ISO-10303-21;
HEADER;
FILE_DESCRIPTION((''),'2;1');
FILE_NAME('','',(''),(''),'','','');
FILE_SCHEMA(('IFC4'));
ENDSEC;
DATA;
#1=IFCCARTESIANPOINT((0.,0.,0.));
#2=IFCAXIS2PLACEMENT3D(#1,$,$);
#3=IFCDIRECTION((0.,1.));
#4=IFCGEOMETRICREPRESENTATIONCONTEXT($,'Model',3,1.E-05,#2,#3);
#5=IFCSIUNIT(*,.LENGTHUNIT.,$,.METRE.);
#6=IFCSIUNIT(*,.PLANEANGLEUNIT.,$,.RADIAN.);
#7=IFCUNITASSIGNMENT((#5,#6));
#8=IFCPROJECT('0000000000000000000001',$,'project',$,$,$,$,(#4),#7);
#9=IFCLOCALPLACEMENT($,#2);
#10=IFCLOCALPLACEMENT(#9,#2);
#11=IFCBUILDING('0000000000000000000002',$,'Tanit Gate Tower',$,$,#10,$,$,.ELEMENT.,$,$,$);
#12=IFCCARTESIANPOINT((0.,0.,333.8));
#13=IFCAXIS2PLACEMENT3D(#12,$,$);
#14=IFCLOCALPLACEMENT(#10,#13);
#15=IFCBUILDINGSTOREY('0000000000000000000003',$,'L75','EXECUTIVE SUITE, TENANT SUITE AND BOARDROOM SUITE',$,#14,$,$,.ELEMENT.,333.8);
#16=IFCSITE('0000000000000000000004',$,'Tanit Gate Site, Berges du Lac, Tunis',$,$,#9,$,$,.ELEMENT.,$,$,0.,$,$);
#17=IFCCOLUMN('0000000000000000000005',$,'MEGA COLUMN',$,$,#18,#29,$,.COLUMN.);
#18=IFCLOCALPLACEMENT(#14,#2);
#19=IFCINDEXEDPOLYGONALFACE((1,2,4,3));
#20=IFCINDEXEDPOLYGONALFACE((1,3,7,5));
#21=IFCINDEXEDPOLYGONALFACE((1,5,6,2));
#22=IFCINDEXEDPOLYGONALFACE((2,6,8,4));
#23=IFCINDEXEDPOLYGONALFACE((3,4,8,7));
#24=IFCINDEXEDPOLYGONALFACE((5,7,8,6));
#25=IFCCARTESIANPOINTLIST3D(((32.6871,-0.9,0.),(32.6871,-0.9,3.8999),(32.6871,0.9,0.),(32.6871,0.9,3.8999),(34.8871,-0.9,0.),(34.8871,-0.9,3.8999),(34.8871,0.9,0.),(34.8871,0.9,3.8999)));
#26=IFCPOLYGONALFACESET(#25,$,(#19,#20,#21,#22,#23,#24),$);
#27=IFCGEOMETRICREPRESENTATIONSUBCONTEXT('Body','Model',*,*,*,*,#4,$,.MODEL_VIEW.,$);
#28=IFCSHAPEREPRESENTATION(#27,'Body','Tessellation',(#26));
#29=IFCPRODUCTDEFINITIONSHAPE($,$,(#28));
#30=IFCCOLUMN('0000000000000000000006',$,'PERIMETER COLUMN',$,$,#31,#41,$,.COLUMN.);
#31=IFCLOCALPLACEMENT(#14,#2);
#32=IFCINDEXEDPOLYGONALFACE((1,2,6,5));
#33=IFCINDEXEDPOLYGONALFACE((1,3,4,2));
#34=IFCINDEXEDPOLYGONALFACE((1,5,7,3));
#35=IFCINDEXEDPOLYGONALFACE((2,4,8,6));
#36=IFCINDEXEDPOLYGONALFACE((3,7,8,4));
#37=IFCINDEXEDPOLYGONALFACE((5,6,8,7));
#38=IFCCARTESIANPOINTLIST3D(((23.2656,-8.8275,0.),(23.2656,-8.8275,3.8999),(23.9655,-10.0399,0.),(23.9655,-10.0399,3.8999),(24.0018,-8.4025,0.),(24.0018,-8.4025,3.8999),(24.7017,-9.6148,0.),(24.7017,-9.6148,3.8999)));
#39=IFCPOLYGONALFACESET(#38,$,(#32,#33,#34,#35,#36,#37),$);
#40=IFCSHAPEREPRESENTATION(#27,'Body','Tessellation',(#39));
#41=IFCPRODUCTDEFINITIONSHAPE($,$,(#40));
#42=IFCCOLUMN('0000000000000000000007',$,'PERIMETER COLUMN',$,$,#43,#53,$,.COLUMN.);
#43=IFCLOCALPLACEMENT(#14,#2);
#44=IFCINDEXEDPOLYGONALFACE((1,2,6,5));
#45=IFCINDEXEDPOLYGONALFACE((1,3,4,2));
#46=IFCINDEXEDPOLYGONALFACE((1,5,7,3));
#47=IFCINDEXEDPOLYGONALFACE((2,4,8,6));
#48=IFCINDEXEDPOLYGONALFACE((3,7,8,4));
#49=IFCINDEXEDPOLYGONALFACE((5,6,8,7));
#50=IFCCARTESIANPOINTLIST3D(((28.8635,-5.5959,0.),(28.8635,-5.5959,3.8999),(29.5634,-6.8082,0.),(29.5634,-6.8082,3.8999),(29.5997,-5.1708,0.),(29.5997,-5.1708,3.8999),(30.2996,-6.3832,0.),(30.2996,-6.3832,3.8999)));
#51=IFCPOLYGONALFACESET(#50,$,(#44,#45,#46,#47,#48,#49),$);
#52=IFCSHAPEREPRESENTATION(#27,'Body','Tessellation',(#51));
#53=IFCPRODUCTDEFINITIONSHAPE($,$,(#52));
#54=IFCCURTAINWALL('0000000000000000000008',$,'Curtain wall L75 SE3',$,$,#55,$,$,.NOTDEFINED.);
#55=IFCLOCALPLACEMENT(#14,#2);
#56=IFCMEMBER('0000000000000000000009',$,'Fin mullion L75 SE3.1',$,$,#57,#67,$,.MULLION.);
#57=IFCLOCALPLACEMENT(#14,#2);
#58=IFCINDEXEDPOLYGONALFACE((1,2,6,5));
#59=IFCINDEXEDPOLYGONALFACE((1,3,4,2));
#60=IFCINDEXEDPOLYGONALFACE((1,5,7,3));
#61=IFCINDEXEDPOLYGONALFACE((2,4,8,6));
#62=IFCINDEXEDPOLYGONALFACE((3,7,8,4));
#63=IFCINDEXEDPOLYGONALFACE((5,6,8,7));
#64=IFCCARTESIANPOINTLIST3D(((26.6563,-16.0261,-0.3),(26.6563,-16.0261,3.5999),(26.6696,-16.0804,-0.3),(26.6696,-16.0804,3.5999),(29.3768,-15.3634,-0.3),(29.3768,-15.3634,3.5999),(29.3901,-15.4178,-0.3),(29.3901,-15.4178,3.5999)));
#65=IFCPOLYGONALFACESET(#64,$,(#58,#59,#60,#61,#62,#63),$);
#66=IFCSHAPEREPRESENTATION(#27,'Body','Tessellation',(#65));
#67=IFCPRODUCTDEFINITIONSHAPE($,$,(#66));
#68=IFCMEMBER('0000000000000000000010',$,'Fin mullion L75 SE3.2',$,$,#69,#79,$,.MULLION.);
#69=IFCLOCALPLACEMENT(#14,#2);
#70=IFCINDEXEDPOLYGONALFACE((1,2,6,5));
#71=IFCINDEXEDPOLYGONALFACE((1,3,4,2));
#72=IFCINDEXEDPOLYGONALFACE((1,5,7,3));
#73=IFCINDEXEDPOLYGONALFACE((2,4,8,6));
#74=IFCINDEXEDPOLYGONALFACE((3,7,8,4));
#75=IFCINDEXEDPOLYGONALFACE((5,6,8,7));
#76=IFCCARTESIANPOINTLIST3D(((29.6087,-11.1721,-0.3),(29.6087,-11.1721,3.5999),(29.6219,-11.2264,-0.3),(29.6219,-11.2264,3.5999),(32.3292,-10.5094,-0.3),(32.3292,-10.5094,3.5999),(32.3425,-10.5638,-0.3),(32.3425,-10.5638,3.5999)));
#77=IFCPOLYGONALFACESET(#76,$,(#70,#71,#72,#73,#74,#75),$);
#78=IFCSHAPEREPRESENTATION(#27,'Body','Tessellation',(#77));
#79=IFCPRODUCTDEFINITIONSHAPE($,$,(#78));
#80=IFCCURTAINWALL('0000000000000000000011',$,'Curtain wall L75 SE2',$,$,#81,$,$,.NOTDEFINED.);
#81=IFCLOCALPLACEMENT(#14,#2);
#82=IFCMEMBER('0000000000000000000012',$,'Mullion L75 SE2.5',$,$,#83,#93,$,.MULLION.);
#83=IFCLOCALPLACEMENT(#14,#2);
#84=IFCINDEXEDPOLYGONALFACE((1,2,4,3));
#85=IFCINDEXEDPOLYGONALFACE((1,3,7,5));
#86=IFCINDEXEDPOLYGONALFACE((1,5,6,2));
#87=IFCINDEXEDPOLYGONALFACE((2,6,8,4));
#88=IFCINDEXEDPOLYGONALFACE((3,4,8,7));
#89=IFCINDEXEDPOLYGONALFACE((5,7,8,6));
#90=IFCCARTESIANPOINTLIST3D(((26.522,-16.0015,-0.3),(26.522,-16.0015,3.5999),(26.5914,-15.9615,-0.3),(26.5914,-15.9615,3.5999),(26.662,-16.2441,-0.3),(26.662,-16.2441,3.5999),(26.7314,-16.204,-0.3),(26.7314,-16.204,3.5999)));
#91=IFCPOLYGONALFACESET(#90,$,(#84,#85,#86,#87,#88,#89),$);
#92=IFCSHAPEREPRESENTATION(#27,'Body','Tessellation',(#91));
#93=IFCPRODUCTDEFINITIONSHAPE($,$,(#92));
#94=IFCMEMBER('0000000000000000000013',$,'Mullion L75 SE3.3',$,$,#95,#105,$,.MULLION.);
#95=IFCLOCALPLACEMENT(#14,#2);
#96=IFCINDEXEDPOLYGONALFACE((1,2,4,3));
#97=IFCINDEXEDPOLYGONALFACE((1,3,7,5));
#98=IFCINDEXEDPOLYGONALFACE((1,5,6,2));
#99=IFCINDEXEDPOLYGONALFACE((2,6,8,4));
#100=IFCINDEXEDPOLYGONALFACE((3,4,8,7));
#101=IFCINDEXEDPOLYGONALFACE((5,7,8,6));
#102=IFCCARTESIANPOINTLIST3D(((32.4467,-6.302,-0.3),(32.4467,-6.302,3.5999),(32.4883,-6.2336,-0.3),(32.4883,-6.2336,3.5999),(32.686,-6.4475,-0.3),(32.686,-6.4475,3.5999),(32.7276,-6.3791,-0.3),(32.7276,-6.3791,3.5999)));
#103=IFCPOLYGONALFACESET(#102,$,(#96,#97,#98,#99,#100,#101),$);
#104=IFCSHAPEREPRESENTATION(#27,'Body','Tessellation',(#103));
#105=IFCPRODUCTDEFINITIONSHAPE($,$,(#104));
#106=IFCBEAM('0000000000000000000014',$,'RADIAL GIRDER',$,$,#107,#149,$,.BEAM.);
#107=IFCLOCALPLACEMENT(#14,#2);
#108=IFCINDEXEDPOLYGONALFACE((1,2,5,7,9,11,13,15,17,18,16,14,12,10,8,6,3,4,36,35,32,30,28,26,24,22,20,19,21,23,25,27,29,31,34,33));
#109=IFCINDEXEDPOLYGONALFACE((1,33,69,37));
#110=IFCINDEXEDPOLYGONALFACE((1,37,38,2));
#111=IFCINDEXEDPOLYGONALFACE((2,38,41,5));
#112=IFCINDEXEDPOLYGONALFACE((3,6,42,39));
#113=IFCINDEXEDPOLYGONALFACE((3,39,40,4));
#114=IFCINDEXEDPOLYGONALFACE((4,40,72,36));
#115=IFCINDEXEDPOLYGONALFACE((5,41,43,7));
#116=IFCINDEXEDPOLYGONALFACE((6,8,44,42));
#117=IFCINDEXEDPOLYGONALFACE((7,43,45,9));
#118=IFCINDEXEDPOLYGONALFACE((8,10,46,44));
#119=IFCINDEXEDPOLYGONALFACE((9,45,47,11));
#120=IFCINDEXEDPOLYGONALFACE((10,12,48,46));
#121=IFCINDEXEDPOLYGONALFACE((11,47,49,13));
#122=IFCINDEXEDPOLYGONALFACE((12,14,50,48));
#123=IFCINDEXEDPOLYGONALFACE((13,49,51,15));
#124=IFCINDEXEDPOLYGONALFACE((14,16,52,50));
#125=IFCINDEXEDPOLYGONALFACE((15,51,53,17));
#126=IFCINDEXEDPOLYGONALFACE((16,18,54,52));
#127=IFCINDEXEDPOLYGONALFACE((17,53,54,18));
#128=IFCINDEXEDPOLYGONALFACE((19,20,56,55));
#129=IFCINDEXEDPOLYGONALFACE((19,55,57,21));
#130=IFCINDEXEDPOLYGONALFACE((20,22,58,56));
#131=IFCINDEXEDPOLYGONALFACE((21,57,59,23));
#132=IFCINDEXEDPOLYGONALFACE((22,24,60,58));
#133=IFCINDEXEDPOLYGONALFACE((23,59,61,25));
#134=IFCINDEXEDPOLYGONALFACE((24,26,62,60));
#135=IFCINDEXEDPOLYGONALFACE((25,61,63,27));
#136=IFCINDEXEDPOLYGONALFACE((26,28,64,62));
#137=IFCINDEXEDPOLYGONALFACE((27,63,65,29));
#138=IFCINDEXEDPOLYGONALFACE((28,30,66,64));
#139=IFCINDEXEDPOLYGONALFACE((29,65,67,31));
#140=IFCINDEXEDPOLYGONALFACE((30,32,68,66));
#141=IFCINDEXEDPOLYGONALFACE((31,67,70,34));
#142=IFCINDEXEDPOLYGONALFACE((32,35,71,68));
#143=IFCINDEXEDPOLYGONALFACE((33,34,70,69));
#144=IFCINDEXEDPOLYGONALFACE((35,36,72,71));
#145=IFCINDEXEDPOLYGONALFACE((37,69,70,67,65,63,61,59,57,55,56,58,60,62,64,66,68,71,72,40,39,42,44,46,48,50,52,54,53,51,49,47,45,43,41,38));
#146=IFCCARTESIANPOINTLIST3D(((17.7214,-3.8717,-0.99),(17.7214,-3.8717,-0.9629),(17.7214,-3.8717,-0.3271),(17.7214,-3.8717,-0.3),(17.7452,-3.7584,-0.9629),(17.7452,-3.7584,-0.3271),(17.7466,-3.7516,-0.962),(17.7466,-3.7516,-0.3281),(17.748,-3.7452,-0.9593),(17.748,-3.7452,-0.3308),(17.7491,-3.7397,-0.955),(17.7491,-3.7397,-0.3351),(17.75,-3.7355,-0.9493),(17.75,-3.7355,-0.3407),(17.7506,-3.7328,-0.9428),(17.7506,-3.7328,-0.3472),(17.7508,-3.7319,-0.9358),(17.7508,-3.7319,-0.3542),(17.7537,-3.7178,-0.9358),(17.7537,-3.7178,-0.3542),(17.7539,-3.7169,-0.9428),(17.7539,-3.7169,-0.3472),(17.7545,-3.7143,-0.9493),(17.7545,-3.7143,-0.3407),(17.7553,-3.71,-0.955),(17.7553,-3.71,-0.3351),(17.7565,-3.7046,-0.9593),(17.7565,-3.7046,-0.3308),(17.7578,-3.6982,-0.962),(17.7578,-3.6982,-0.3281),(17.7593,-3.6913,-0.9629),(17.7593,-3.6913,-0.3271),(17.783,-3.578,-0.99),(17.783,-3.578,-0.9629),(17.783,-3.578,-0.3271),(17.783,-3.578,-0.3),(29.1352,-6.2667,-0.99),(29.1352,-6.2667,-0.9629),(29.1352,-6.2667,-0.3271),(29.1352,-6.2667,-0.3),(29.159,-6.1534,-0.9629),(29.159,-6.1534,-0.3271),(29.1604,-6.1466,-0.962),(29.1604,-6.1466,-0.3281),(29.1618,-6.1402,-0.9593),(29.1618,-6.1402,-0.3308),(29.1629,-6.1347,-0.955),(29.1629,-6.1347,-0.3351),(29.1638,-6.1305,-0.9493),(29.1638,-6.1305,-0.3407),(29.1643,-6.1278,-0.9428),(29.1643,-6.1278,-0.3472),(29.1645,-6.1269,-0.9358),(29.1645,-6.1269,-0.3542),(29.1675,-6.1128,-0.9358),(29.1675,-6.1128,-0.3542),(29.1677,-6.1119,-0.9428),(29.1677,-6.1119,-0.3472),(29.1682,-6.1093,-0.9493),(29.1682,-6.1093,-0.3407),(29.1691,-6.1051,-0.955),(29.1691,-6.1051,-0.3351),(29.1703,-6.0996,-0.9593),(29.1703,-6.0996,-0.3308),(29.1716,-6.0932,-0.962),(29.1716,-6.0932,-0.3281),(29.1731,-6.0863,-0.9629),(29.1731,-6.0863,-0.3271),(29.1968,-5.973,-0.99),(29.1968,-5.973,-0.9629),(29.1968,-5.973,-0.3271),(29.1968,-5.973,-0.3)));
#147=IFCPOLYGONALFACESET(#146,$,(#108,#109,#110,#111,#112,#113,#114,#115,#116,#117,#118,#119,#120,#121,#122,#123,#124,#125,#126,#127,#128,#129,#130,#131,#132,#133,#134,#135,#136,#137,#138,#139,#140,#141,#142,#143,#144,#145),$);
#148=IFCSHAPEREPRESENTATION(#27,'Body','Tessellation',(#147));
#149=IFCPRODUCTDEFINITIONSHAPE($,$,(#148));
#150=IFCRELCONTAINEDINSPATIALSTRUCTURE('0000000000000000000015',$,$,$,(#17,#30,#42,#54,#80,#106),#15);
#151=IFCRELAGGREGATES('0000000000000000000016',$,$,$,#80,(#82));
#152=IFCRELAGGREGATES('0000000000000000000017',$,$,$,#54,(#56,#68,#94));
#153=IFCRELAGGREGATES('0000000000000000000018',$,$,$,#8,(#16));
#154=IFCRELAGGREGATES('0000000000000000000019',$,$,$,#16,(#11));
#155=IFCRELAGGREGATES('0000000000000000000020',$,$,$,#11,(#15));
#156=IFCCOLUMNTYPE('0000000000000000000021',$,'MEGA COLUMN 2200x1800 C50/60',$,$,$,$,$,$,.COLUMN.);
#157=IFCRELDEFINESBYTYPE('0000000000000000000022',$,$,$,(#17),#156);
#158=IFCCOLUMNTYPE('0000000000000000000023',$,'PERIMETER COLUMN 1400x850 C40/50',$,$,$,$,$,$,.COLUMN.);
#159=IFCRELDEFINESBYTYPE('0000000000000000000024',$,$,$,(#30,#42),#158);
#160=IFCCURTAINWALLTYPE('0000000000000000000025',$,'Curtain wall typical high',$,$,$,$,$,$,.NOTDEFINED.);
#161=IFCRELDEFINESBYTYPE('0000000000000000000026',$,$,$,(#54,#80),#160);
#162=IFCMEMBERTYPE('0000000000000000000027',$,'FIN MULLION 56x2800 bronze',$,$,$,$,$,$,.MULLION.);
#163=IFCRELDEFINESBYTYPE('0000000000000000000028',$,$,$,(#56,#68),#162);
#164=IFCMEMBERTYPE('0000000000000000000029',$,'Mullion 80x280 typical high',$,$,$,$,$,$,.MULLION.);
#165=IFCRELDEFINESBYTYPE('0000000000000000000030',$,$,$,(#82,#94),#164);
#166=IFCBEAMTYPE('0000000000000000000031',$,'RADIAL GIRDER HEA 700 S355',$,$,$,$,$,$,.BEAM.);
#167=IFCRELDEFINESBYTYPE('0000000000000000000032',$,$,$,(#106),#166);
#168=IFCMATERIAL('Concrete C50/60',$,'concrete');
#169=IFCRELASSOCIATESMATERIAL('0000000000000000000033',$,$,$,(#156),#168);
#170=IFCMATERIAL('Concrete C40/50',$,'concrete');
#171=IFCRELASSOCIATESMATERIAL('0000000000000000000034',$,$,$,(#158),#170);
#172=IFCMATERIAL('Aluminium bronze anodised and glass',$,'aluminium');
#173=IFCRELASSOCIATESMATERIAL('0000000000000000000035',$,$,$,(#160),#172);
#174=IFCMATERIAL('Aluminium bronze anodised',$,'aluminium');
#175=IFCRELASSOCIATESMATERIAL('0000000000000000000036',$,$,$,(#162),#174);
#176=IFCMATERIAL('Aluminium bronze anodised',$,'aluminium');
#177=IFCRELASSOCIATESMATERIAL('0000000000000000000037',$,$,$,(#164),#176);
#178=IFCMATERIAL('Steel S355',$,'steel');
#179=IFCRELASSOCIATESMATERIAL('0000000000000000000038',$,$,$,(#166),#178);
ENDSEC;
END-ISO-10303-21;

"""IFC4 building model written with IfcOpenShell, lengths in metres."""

from ifc_helpers import new_model, si_unit, direction, frame, origin, origin_2d, place, context, subcontext, project, spatial, rectangle, i_section, extrude, material, material_profile, profile_set, type_object, element, aggregate, save


model = new_model("IFC4")

# Units and contexts
model_context = context("Model", 3, precision=1e-05, world=origin(), true_north=direction((0.0, 1.0)))
body_context = subcontext(model_context, "Body", "Model", "MODEL_VIEW")
ifc_project = project(units=[si_unit("LENGTHUNIT", "METRE"), si_unit("PLANEANGLEUNIT", "RADIAN")], contexts=[model_context])

# Site, building, storey
site_placement = place(None, origin())
site = spatial("IfcSite", under=ifc_project, at=site_placement, Name="Tanit Gate Site, Berges du Lac, Tunis", CompositionType="ELEMENT", RefElevation=0.0)
building_placement = place(site_placement, origin())
building = spatial("IfcBuilding", under=site, at=building_placement, Name="Tanit Gate Tower", CompositionType="ELEMENT")
storey_placement = place(building_placement, frame((0.0, 0.0, 333.8)))
storey = spatial("IfcBuildingStorey", under=building, at=storey_placement, Name="L75", Description="EXECUTIVE SUITE, TENANT SUITE AND BOARDROOM SUITE", CompositionType="ELEMENT", Elevation=333.8)

# Columns
ifc_material_1 = material(Name="Concrete C50/60", Category="concrete")
ifc_material_profile_1 = material_profile(ifc_material_1, rectangle(XDim=2.2, YDim=1.8, at=origin_2d()), Name="RC 2200x1800")
ifc_profile_set_1 = profile_set([ifc_material_profile_1], Name="Concrete C50/60")
column_type_1 = type_object("IfcColumnType", Name="MEGA COLUMN 2200x1800 C50/60", PredefinedType="COLUMN", material=ifc_profile_set_1)
column_placement = place(storey_placement, frame((33.7871, 0.0, 0.0), z_axis=(0.0, 0.0, 1.0), x_axis=(1.0, 0.0, 0.0)))
element("IfcColumn", 1, at=column_placement, inside=storey, type_object=column_type_1, Name="MEGA COLUMN", PredefinedType="COLUMN", context=body_context, shape_type="SweptSolid", body=[
    extrude(rectangle(XDim=2.2, YDim=1.8, at=origin_2d()), origin(), (0.0, 0.0, 1.0), 3.8999),
])
ifc_material_2 = material(Name="Concrete C40/50", Category="concrete")
ifc_material_profile_2 = material_profile(ifc_material_2, rectangle(XDim=1.3999, YDim=0.8501, at=origin_2d()), Name="RC 1400x850")
ifc_profile_set_2 = profile_set([ifc_material_profile_2], Name="Concrete C40/50")
column_type_2 = type_object("IfcColumnType", Name="PERIMETER COLUMN 1400x850 C40/50", PredefinedType="COLUMN", material=ifc_profile_set_2)
for number, where, z_axis, x_axis, name in (
    (2, (23.9836, -9.2212, 0.0), (0.0, 0.0, 1.0), (0.5, -0.866025, 0.0), "PERIMETER COLUMN"),
    (3, (29.5815, -5.9895, 0.0), (0.0, 0.0, 1.0), (0.5, -0.866025, 0.0), "PERIMETER COLUMN"),
):
    element("IfcColumn", number, at=place(storey_placement, frame(where, z_axis=z_axis, x_axis=x_axis)), inside=storey, type_object=column_type_2, Name=name, PredefinedType="COLUMN", context=body_context, shape_type="SweptSolid", body=[
        extrude(rectangle(XDim=1.3999, YDim=0.8501, at=origin_2d()), origin(), (0.0, 0.0, 1.0), 3.8999),
    ])

# Curtain wall, members
ifc_material_3 = material(Name="Aluminium bronze anodised and glass", Category="aluminium")
curtain_wall_type = type_object("IfcCurtainWallType", Name="Curtain wall typical high", PredefinedType="NOTDEFINED", material=ifc_material_3)
curtain_wall_1_placement = place(storey_placement, origin())
curtain_wall_1 = element("IfcCurtainWall", 4, at=curtain_wall_1_placement, inside=storey, type_object=curtain_wall_type, Name="Curtain wall L75 SE3", PredefinedType="NOTDEFINED")
ifc_material_4 = material(Name="Aluminium bronze anodised", Category="aluminium")
ifc_material_profile_3 = material_profile(ifc_material_4, rectangle(XDim=2.8, YDim=0.0559, at=origin_2d()), Name="56x2800 bronze fin mullion")
ifc_profile_set_3 = profile_set([ifc_material_profile_3], Name="Aluminium bronze anodised")
member_type_1 = type_object("IfcMemberType", Name="FIN MULLION 56x2800 bronze", PredefinedType="MULLION", material=ifc_profile_set_3)
member_1_placement = place(storey_placement, frame((28.0232, -15.7219, -0.3), z_axis=(0.0, 0.0, 1.0), x_axis=(-0.971595, -0.236651, 0.0)))
member_1 = element("IfcMember", 5, at=member_1_placement, type_object=member_type_1, Name="Fin mullion L75 SE3.1", PredefinedType="MULLION", context=body_context, shape_type="SweptSolid", body=[
    extrude(rectangle(XDim=2.8, YDim=0.0559, at=origin_2d()), origin(), (0.0, 0.0, 1.0), 3.8999),
])
member_2_placement = place(storey_placement, frame((30.9756, -10.8679, -0.3), z_axis=(0.0, 0.0, 1.0), x_axis=(-0.971595, -0.236651, 0.0)))
member_2 = element("IfcMember", 6, at=member_2_placement, type_object=member_type_1, Name="Fin mullion L75 SE3.2", PredefinedType="MULLION", context=body_context, shape_type="SweptSolid", body=[
    extrude(rectangle(XDim=2.8, YDim=0.0559, at=origin_2d()), origin(), (0.0, 0.0, 1.0), 3.8999),
])

# Curtain wall, member
curtain_wall_2_placement = place(storey_placement, origin())
curtain_wall_2 = element("IfcCurtainWall", 7, at=curtain_wall_2_placement, inside=storey, type_object=curtain_wall_type, Name="Curtain wall L75 SE2", PredefinedType="NOTDEFINED")
ifc_material_5 = material(Name="Aluminium bronze anodised", Category="aluminium")
ifc_material_profile_4 = material_profile(ifc_material_5, rectangle(XDim=0.28, YDim=0.0801, at=origin_2d()), Name="80x280 bronze mullion")
ifc_profile_set_4 = profile_set([ifc_material_profile_4], Name="Aluminium bronze anodised")
member_type_2 = type_object("IfcMemberType", Name="Mullion 80x280 typical high", PredefinedType="MULLION", material=ifc_profile_set_4)
member_3_placement = place(storey_placement, frame((26.6267, -16.1028, -0.3), z_axis=(0.0, 0.0, 1.0), x_axis=(-0.49994, 0.86606, 0.0)))
member_3 = element("IfcMember", 8, at=member_3_placement, type_object=member_type_2, Name="Mullion L75 SE2.5", PredefinedType="MULLION", context=body_context, shape_type="SweptSolid", body=[
    extrude(rectangle(XDim=0.28, YDim=0.0801, at=origin_2d()), origin(), (0.0, 0.0, 1.0), 3.8999),
])

# Member
member_4_placement = place(storey_placement, frame((32.5872, -6.3406, -0.3), z_axis=(0.0, 0.0, 1.0), x_axis=(-0.854359, 0.519684, 0.0)))
member_4 = element("IfcMember", 9, at=member_4_placement, type_object=member_type_2, Name="Mullion L75 SE3.3", PredefinedType="MULLION", context=body_context, shape_type="SweptSolid", body=[
    extrude(rectangle(XDim=0.28, YDim=0.0801, at=origin_2d()), origin(), (0.0, 0.0, 1.0), 3.8999),
])

# Beam
ifc_material_6 = material(Name="Steel S355", Category="steel")
ifc_material_profile_5 = material_profile(ifc_material_6, i_section(OverallWidth=0.3, OverallDepth=0.6899, WebThickness=0.0144, FlangeThickness=0.0271, FilletRadius=0.0271, at=origin_2d()), Name="HEA 700")
ifc_profile_set_5 = profile_set([ifc_material_profile_5], Name="Steel S355")
beam_type_1 = type_object("IfcBeamType", Name="RADIAL GIRDER HEA 700 S355", PredefinedType="BEAM", material=ifc_profile_set_5)
beam_1_placement = place(storey_placement, frame((29.166, -6.1199, -0.645), z_axis=(-0.978686, 0.205363, 0.0), x_axis=(-0.205363, -0.978686, 0.0)))
element("IfcBeam", 10, at=beam_1_placement, inside=storey, type_object=beam_type_1, Name="RADIAL GIRDER", PredefinedType="BEAM", context=body_context, shape_type="SweptSolid", body=[
    extrude(i_section(OverallWidth=0.3, OverallDepth=0.6899, WebThickness=0.0144, FlangeThickness=0.0271, FilletRadius=0.0271, at=origin_2d()), origin(), (0.0, 0.0, 1.0), 11.6624),
])

aggregate(curtain_wall_2, [member_3])
aggregate(curtain_wall_1, [member_1, member_2, member_4])

save(model, "model.ifc")
